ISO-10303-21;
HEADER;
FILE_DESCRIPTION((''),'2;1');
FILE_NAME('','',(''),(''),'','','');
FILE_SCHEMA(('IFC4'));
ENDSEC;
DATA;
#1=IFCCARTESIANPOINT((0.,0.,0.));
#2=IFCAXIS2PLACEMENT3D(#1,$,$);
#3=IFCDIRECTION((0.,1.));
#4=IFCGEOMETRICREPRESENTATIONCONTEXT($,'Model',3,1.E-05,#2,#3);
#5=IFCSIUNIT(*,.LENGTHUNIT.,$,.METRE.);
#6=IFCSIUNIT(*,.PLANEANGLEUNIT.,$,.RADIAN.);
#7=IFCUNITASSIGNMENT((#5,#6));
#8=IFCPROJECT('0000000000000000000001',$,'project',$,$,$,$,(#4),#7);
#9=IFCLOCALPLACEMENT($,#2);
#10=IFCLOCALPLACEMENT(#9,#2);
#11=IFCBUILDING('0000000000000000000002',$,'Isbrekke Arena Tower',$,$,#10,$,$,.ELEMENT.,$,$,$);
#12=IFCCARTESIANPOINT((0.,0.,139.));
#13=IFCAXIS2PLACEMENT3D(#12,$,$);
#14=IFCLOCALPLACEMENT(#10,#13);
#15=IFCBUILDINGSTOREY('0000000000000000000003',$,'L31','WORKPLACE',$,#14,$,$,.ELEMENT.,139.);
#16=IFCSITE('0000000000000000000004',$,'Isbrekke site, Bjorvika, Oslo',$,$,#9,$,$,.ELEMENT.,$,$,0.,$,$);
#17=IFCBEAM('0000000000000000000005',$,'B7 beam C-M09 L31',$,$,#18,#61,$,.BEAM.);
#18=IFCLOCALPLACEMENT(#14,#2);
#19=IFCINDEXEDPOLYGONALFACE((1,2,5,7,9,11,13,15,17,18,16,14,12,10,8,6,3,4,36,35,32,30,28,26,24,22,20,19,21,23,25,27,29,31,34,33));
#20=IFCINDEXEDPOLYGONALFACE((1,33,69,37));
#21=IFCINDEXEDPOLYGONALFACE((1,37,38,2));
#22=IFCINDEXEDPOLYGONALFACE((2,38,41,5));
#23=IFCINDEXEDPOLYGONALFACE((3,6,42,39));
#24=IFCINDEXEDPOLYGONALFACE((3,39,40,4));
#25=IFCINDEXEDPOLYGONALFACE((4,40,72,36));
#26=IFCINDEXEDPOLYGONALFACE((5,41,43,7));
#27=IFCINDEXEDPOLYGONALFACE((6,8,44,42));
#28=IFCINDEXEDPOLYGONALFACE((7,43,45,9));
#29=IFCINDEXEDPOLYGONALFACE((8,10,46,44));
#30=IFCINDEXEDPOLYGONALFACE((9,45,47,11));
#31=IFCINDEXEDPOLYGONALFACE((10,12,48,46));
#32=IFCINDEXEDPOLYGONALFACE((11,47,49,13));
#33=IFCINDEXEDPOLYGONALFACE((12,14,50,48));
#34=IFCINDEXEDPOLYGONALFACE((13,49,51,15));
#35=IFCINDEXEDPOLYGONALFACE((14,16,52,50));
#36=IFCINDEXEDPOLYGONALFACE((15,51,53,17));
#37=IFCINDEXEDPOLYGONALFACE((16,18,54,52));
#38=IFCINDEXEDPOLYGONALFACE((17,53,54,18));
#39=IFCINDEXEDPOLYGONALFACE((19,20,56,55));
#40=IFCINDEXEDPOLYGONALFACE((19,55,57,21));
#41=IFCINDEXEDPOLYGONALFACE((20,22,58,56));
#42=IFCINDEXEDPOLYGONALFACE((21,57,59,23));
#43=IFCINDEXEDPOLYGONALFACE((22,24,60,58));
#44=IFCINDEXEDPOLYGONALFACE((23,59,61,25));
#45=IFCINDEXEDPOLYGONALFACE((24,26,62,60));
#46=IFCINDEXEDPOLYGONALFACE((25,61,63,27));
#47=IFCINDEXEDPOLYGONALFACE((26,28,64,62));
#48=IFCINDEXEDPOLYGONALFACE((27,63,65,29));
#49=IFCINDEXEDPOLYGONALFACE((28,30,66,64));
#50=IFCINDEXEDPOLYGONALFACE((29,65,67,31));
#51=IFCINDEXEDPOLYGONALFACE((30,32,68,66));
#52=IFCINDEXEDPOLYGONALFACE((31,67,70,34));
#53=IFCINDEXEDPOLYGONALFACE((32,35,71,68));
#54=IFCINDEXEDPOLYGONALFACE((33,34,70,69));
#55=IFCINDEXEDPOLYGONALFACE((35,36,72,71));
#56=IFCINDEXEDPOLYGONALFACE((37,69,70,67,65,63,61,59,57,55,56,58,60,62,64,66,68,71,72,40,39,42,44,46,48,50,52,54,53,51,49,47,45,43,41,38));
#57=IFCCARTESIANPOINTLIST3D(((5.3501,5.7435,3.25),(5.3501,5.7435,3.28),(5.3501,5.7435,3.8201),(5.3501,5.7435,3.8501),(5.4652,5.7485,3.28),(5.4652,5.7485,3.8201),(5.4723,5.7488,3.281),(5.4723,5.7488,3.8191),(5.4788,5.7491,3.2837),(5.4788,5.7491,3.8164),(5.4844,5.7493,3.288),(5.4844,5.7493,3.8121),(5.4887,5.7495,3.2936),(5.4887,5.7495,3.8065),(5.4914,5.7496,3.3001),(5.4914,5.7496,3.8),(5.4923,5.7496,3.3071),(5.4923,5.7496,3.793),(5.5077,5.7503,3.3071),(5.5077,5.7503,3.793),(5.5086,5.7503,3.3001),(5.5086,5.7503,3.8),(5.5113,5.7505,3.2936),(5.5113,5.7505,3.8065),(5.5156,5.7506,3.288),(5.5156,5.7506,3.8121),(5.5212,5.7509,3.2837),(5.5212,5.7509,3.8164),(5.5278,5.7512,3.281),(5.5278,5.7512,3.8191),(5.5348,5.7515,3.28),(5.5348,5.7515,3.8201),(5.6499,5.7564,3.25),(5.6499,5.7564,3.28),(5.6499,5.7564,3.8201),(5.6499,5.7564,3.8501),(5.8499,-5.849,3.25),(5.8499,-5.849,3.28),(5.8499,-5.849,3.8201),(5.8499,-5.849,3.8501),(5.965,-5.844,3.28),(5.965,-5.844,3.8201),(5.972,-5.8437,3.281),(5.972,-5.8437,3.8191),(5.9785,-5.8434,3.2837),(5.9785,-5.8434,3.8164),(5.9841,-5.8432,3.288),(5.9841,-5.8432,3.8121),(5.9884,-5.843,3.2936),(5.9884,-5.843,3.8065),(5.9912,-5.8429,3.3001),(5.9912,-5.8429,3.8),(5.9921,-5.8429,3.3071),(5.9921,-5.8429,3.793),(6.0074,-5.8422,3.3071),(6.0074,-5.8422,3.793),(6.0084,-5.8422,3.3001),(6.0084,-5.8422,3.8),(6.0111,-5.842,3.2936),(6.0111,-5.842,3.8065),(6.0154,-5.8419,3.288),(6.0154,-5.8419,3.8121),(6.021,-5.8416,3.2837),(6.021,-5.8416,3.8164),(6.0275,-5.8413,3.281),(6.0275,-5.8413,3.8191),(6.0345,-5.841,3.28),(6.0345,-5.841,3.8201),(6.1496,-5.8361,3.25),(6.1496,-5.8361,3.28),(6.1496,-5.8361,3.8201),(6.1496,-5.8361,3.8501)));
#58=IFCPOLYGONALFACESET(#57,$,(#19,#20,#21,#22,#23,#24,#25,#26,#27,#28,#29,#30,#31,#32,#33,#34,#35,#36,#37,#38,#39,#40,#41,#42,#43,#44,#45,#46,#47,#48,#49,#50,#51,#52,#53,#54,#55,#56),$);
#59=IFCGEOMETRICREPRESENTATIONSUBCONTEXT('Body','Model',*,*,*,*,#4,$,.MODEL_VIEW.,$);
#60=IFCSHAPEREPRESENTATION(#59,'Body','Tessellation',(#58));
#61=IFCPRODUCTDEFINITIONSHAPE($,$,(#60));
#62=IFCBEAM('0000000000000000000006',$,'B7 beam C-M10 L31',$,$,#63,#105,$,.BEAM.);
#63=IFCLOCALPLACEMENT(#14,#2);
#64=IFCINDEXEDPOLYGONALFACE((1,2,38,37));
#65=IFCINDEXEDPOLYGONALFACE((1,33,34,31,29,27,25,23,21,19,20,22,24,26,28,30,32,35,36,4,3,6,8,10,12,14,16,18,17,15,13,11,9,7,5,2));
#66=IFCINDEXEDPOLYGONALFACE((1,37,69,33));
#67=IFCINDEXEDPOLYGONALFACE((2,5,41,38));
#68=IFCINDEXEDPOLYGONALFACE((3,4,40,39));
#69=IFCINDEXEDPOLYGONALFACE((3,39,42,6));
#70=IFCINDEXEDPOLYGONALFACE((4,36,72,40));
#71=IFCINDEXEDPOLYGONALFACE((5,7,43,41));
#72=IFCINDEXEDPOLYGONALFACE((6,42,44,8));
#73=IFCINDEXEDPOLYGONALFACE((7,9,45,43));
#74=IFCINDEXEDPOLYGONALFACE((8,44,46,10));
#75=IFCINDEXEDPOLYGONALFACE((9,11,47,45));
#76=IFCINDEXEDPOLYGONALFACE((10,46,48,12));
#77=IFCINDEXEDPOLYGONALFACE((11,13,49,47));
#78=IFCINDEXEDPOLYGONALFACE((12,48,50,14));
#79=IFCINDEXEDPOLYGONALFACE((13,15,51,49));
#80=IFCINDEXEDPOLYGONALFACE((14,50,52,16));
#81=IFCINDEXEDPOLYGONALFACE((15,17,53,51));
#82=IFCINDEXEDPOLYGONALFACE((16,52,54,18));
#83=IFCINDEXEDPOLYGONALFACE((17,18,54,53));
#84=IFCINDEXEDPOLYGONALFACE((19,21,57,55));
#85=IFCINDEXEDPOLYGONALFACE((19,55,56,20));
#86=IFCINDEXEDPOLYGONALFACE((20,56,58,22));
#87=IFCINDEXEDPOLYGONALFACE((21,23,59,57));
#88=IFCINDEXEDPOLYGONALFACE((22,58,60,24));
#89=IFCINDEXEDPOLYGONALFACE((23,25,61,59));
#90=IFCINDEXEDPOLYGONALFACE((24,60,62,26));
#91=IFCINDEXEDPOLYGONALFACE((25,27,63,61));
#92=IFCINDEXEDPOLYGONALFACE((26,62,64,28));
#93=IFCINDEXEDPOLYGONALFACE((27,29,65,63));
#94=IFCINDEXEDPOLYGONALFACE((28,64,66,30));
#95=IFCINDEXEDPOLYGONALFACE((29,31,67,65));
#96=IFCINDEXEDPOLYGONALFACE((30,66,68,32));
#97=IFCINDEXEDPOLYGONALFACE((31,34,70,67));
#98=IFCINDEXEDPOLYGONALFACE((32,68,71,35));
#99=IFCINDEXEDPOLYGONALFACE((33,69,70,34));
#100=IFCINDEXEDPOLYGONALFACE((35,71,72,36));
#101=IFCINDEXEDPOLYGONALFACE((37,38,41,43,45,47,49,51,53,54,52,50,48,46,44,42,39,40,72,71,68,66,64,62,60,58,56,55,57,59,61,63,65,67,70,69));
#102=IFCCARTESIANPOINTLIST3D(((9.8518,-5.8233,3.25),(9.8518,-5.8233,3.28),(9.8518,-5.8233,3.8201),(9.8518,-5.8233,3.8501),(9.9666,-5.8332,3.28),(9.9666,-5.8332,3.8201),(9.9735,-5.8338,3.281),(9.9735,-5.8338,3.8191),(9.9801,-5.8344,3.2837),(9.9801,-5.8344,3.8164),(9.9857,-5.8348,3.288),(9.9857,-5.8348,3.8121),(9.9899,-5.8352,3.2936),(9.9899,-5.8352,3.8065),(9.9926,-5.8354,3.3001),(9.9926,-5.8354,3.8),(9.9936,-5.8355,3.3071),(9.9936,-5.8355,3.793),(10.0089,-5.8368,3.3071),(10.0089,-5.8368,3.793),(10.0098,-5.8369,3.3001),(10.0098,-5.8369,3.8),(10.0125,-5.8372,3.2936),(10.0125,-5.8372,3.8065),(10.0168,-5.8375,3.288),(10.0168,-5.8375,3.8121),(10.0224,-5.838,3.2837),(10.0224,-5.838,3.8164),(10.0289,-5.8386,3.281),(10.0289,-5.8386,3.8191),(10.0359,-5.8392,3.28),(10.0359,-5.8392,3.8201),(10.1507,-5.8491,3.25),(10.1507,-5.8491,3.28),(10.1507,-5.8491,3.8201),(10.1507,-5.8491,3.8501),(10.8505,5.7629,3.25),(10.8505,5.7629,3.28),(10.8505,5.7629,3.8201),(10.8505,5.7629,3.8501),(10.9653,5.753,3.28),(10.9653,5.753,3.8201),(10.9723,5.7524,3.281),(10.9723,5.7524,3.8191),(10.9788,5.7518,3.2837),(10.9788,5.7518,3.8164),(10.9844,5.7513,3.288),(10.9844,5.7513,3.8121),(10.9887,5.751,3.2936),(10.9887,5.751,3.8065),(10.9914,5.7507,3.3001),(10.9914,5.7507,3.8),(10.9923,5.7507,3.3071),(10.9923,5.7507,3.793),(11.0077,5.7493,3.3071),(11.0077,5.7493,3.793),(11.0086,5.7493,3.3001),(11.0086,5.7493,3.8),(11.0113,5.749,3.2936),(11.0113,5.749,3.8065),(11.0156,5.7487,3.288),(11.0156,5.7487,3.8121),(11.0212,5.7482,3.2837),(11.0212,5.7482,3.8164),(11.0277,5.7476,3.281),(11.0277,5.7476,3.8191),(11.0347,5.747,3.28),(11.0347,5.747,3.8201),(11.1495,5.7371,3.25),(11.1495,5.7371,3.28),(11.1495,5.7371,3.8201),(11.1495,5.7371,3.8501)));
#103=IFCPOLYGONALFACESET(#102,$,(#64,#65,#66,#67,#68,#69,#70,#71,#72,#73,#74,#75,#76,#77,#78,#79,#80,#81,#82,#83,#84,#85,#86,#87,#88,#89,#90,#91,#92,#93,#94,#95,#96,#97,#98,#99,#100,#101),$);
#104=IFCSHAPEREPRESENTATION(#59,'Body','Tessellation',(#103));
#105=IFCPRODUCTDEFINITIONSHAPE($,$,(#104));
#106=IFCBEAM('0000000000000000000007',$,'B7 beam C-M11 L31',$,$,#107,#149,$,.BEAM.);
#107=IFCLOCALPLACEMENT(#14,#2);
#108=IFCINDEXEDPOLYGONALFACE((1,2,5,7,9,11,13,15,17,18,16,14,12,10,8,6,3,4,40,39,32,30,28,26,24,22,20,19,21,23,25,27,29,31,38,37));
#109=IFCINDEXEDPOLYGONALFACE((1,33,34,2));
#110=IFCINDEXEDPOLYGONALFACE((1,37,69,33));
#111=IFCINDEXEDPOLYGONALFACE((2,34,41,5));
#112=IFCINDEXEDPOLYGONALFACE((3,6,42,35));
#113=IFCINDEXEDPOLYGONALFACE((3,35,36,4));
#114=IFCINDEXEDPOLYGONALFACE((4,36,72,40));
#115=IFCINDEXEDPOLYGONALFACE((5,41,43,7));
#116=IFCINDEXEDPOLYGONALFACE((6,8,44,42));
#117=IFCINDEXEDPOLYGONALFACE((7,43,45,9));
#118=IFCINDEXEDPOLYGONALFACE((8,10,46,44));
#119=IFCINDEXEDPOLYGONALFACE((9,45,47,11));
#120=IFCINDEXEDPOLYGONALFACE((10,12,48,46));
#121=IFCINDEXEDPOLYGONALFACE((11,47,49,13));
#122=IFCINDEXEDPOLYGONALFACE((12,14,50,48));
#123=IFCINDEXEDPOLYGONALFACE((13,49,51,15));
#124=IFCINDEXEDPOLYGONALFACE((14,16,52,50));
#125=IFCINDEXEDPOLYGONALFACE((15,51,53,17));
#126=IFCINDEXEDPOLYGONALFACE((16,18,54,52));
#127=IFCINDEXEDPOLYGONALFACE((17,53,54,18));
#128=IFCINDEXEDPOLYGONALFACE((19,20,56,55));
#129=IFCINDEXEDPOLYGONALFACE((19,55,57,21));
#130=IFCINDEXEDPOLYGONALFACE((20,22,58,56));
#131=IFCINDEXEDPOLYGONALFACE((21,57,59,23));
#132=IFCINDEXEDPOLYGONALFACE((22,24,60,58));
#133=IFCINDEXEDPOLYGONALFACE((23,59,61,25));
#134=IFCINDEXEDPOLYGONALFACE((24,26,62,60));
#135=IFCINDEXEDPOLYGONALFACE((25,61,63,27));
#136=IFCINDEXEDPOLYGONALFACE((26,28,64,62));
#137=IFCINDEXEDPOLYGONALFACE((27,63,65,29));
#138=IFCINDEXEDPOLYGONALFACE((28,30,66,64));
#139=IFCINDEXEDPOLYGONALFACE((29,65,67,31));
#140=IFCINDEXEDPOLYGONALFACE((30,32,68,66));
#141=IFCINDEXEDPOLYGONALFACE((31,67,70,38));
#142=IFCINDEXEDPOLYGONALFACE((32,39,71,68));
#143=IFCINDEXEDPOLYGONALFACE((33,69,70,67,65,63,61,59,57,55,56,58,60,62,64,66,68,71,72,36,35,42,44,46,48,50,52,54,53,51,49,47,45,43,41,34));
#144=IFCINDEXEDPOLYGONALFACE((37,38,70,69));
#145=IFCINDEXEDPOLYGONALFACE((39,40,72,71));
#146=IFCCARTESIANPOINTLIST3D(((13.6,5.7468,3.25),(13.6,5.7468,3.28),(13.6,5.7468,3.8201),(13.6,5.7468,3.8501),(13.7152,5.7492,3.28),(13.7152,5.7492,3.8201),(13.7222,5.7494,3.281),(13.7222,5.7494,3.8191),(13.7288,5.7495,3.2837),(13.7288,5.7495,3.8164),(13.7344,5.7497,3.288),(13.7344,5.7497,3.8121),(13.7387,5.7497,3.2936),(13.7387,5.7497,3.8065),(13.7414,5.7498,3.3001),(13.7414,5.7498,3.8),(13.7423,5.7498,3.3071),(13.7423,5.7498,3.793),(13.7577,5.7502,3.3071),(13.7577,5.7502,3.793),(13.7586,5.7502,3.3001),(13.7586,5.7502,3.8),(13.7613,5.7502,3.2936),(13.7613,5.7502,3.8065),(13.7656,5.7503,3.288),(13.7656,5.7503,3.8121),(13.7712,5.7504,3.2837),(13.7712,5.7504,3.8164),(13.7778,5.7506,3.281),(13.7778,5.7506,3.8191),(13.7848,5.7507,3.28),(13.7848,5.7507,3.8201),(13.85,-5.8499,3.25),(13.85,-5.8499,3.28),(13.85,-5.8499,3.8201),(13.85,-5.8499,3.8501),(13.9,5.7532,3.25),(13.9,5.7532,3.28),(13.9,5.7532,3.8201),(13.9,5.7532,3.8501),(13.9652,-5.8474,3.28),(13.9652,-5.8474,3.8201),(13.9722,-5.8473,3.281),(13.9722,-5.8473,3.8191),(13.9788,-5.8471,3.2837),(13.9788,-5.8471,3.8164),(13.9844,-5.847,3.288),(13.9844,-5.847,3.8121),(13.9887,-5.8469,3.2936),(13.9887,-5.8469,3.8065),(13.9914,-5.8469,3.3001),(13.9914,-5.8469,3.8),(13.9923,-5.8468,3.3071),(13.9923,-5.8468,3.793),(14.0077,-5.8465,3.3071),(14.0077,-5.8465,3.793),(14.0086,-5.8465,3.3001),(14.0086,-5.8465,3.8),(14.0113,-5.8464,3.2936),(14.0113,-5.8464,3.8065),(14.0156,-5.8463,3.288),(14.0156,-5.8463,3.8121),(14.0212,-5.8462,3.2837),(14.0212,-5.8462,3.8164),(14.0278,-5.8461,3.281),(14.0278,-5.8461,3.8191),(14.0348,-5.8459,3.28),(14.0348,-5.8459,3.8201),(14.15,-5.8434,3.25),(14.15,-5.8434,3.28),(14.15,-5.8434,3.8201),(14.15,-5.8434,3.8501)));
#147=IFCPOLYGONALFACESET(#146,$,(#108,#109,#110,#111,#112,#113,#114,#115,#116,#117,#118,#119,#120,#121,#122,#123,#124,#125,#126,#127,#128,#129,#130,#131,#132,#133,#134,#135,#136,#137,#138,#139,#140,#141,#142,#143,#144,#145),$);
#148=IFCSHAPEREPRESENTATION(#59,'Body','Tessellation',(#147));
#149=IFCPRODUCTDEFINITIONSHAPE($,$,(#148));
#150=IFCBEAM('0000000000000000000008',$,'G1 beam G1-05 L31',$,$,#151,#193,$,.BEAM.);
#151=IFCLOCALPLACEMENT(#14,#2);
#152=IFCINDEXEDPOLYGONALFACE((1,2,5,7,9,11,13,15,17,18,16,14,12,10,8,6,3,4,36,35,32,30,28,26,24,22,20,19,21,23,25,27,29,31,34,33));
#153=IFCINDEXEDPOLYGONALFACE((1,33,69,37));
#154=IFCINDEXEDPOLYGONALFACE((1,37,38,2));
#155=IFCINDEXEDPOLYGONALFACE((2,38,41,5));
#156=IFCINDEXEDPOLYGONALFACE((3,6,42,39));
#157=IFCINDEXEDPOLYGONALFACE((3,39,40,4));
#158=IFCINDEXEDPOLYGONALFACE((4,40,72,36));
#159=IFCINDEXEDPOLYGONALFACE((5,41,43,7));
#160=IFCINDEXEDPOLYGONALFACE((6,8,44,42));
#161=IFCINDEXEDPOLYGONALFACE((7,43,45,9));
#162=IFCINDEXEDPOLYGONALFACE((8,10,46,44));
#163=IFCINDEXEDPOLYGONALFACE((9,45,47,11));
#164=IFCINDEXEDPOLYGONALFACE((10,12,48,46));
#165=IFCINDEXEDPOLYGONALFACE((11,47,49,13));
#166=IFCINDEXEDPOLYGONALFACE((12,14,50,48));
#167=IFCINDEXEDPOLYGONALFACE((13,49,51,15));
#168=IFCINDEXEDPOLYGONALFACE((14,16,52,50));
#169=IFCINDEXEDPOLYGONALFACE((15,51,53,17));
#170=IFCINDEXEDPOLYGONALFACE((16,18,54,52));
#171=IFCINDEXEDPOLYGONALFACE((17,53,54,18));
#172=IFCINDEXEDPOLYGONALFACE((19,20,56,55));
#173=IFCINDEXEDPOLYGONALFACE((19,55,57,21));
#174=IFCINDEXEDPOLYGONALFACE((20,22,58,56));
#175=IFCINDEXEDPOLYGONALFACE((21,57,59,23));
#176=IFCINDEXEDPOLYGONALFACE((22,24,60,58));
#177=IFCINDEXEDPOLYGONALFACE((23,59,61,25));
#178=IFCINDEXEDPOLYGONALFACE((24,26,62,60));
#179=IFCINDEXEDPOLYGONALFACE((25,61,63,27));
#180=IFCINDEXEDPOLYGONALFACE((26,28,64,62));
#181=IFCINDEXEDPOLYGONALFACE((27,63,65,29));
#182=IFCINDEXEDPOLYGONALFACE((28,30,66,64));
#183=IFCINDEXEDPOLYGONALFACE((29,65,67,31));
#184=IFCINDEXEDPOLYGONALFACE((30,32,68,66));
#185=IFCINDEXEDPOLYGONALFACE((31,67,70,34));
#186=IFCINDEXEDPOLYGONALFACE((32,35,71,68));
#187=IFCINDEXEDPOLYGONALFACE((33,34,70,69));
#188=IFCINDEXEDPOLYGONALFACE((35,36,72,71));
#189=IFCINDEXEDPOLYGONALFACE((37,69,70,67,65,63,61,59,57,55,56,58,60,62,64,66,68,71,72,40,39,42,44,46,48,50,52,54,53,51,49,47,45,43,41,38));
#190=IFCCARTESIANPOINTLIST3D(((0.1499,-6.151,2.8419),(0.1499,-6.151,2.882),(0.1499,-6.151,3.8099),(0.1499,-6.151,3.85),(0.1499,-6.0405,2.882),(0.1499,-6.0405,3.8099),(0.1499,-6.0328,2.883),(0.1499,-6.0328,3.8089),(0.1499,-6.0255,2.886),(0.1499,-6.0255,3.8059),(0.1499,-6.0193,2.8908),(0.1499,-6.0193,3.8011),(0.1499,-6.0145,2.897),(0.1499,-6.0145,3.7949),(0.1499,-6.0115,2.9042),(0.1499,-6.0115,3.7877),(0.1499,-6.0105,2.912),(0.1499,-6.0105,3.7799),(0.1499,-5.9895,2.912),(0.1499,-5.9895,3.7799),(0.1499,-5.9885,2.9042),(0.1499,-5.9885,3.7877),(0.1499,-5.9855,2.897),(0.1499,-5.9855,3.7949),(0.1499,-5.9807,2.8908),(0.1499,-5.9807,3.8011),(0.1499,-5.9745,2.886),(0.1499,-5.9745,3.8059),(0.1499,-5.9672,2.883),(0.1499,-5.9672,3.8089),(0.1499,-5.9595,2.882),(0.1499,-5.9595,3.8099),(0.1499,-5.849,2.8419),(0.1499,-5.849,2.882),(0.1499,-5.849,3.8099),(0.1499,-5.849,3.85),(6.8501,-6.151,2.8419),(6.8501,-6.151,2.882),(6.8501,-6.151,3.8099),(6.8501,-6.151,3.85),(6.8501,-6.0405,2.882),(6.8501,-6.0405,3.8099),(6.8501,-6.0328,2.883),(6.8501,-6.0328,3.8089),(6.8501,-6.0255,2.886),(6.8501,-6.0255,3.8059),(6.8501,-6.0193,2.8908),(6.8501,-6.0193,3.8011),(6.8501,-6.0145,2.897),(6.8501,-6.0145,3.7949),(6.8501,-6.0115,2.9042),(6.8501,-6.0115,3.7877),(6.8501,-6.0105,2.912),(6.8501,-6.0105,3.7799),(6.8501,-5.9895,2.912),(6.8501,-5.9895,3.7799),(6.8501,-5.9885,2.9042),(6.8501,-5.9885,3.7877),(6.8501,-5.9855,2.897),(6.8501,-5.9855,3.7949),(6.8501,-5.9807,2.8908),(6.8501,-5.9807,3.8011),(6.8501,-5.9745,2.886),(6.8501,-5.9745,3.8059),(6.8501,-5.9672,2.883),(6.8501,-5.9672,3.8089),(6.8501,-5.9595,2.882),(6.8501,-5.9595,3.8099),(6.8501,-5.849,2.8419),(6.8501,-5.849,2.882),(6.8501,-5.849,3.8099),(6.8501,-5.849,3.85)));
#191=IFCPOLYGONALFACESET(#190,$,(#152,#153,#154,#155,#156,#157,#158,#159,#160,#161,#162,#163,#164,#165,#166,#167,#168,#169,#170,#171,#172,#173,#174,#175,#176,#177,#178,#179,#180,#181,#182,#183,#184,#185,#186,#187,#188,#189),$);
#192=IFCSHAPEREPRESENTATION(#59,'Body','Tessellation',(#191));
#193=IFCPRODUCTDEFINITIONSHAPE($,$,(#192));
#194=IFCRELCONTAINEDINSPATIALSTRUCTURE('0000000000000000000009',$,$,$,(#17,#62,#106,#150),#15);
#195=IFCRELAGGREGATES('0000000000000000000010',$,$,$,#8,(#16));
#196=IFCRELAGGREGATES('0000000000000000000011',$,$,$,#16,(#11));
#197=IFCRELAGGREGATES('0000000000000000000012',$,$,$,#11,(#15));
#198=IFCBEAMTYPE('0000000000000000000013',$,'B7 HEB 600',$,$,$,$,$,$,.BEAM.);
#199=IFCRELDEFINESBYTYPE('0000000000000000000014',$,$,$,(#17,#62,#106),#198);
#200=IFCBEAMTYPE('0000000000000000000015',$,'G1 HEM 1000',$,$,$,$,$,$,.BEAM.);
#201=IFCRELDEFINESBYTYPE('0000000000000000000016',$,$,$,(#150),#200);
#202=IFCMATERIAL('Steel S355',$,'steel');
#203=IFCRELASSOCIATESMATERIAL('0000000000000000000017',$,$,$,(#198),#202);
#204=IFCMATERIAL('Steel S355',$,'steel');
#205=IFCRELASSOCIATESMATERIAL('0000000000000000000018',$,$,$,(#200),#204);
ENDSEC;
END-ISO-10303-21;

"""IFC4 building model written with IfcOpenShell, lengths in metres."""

from ifc_helpers import new_model, si_unit, direction, frame, origin, origin_2d, place, context, subcontext, project, spatial, i_section, extrude, material, material_profile, profile_set, type_object, element, save


model = new_model("IFC4")

# Units and contexts
model_context = context("Model", 3, precision=1e-05, world=origin(), true_north=direction((0.0, 1.0)))
body_context = subcontext(model_context, "Body", "Model", "MODEL_VIEW")
ifc_project = project(units=[si_unit("LENGTHUNIT", "METRE"), si_unit("PLANEANGLEUNIT", "RADIAN")], contexts=[model_context])

# Site, building, storey
site_placement = place(None, origin())
site = spatial("IfcSite", under=ifc_project, at=site_placement, Name="Isbrekke site, Bjorvika, Oslo", CompositionType="ELEMENT", RefElevation=0.0)
building_placement = place(site_placement, origin())
building = spatial("IfcBuilding", under=site, at=building_placement, Name="Isbrekke Arena Tower", CompositionType="ELEMENT")
storey_placement = place(building_placement, frame((0.0, 0.0, 139.0)))
storey = spatial("IfcBuildingStorey", under=building, at=storey_placement, Name="L31", Description="WORKPLACE", CompositionType="ELEMENT", Elevation=139.0)

# Beams
ifc_material_1 = material(Name="Steel S355", Category="steel")
ifc_material_profile_1 = material_profile(ifc_material_1, i_section(OverallWidth=0.3, OverallDepth=0.6001, WebThickness=0.0154, FlangeThickness=0.03, FilletRadius=0.0271, at=origin_2d()), Name="HEB 600")
ifc_profile_set_1 = profile_set([ifc_material_profile_1], Name="Steel S355")
beam_type_1 = type_object("IfcBeamType", Name="B7 HEB 600", PredefinedType="BEAM", material=ifc_profile_set_1)
beam_1_placement = place(storey_placement, frame((5.9998, -5.8425, 3.55), z_axis=(-0.04307, 0.999072, 0.0), x_axis=(-0.999072, -0.04307, 0.0)))
element("IfcBeam", 1, at=beam_1_placement, inside=storey, type_object=beam_type_1, Name="B7 beam C-M09 L31", PredefinedType="BEAM", context=body_context, shape_type="SweptSolid", body=[
    extrude(i_section(OverallWidth=0.3, OverallDepth=0.6001, WebThickness=0.0154, FlangeThickness=0.03, FilletRadius=0.0271, at=origin_2d()), origin(), (0.0, 0.0, 1.0), 11.6033),
])
beam_2_placement = place(storey_placement, frame((10.0012, -5.8362, 3.55), z_axis=(0.085886, 0.996305, 0.0), x_axis=(-0.996305, 0.085886, 0.0)))
element("IfcBeam", 2, at=beam_2_placement, inside=storey, type_object=beam_type_1, Name="B7 beam C-M10 L31", PredefinedType="BEAM", context=body_context, shape_type="SweptSolid", body=[
    extrude(i_section(OverallWidth=0.3, OverallDepth=0.6001, WebThickness=0.0154, FlangeThickness=0.03, FilletRadius=0.0271, at=origin_2d()), origin(), (0.0, 0.0, 1.0), 11.6292),
])
beam_3_placement = place(storey_placement, frame((14.0, -5.8467, 3.55), z_axis=(-0.021553, 0.999768, 0.0), x_axis=(-0.999768, -0.021553, 0.0)))
element("IfcBeam", 3, at=beam_3_placement, inside=storey, type_object=beam_type_1, Name="B7 beam C-M11 L31", PredefinedType="BEAM", context=body_context, shape_type="SweptSolid", body=[
    extrude(i_section(OverallWidth=0.3, OverallDepth=0.6001, WebThickness=0.0154, FlangeThickness=0.03, FilletRadius=0.0271, at=origin_2d()), origin(), (0.0, 0.0, 1.0), 11.5994),
])
ifc_material_2 = material(Name="Steel S355", Category="steel")
ifc_material_profile_2 = material_profile(ifc_material_2, i_section(OverallWidth=0.302, OverallDepth=1.0081, WebThickness=0.021, FlangeThickness=0.04, FilletRadius=0.03, at=origin_2d()), Name="HEM 1000")
ifc_profile_set_2 = profile_set([ifc_material_profile_2], Name="Steel S355")
beam_type_2 = type_object("IfcBeamType", Name="G1 HEM 1000", PredefinedType="BEAM", material=ifc_profile_set_2)
for number, where, z_axis, x_axis, name in (
    (4, (0.1499, -6.0, 3.3459), (1.0, 0.0, 0.0), (0.0, 1.0, 0.0), "G1 beam G1-05 L31"),
):
    element("IfcBeam", number, at=place(storey_placement, frame(where, z_axis=z_axis, x_axis=x_axis)), inside=storey, type_object=beam_type_2, Name=name, PredefinedType="BEAM", context=body_context, shape_type="SweptSolid", body=[
        extrude(i_section(OverallWidth=0.302, OverallDepth=1.0081, WebThickness=0.021, FlangeThickness=0.04, FilletRadius=0.03, at=origin_2d()), origin(), (0.0, 0.0, 1.0), 6.7002),
    ])

save(model, "model.ifc")
